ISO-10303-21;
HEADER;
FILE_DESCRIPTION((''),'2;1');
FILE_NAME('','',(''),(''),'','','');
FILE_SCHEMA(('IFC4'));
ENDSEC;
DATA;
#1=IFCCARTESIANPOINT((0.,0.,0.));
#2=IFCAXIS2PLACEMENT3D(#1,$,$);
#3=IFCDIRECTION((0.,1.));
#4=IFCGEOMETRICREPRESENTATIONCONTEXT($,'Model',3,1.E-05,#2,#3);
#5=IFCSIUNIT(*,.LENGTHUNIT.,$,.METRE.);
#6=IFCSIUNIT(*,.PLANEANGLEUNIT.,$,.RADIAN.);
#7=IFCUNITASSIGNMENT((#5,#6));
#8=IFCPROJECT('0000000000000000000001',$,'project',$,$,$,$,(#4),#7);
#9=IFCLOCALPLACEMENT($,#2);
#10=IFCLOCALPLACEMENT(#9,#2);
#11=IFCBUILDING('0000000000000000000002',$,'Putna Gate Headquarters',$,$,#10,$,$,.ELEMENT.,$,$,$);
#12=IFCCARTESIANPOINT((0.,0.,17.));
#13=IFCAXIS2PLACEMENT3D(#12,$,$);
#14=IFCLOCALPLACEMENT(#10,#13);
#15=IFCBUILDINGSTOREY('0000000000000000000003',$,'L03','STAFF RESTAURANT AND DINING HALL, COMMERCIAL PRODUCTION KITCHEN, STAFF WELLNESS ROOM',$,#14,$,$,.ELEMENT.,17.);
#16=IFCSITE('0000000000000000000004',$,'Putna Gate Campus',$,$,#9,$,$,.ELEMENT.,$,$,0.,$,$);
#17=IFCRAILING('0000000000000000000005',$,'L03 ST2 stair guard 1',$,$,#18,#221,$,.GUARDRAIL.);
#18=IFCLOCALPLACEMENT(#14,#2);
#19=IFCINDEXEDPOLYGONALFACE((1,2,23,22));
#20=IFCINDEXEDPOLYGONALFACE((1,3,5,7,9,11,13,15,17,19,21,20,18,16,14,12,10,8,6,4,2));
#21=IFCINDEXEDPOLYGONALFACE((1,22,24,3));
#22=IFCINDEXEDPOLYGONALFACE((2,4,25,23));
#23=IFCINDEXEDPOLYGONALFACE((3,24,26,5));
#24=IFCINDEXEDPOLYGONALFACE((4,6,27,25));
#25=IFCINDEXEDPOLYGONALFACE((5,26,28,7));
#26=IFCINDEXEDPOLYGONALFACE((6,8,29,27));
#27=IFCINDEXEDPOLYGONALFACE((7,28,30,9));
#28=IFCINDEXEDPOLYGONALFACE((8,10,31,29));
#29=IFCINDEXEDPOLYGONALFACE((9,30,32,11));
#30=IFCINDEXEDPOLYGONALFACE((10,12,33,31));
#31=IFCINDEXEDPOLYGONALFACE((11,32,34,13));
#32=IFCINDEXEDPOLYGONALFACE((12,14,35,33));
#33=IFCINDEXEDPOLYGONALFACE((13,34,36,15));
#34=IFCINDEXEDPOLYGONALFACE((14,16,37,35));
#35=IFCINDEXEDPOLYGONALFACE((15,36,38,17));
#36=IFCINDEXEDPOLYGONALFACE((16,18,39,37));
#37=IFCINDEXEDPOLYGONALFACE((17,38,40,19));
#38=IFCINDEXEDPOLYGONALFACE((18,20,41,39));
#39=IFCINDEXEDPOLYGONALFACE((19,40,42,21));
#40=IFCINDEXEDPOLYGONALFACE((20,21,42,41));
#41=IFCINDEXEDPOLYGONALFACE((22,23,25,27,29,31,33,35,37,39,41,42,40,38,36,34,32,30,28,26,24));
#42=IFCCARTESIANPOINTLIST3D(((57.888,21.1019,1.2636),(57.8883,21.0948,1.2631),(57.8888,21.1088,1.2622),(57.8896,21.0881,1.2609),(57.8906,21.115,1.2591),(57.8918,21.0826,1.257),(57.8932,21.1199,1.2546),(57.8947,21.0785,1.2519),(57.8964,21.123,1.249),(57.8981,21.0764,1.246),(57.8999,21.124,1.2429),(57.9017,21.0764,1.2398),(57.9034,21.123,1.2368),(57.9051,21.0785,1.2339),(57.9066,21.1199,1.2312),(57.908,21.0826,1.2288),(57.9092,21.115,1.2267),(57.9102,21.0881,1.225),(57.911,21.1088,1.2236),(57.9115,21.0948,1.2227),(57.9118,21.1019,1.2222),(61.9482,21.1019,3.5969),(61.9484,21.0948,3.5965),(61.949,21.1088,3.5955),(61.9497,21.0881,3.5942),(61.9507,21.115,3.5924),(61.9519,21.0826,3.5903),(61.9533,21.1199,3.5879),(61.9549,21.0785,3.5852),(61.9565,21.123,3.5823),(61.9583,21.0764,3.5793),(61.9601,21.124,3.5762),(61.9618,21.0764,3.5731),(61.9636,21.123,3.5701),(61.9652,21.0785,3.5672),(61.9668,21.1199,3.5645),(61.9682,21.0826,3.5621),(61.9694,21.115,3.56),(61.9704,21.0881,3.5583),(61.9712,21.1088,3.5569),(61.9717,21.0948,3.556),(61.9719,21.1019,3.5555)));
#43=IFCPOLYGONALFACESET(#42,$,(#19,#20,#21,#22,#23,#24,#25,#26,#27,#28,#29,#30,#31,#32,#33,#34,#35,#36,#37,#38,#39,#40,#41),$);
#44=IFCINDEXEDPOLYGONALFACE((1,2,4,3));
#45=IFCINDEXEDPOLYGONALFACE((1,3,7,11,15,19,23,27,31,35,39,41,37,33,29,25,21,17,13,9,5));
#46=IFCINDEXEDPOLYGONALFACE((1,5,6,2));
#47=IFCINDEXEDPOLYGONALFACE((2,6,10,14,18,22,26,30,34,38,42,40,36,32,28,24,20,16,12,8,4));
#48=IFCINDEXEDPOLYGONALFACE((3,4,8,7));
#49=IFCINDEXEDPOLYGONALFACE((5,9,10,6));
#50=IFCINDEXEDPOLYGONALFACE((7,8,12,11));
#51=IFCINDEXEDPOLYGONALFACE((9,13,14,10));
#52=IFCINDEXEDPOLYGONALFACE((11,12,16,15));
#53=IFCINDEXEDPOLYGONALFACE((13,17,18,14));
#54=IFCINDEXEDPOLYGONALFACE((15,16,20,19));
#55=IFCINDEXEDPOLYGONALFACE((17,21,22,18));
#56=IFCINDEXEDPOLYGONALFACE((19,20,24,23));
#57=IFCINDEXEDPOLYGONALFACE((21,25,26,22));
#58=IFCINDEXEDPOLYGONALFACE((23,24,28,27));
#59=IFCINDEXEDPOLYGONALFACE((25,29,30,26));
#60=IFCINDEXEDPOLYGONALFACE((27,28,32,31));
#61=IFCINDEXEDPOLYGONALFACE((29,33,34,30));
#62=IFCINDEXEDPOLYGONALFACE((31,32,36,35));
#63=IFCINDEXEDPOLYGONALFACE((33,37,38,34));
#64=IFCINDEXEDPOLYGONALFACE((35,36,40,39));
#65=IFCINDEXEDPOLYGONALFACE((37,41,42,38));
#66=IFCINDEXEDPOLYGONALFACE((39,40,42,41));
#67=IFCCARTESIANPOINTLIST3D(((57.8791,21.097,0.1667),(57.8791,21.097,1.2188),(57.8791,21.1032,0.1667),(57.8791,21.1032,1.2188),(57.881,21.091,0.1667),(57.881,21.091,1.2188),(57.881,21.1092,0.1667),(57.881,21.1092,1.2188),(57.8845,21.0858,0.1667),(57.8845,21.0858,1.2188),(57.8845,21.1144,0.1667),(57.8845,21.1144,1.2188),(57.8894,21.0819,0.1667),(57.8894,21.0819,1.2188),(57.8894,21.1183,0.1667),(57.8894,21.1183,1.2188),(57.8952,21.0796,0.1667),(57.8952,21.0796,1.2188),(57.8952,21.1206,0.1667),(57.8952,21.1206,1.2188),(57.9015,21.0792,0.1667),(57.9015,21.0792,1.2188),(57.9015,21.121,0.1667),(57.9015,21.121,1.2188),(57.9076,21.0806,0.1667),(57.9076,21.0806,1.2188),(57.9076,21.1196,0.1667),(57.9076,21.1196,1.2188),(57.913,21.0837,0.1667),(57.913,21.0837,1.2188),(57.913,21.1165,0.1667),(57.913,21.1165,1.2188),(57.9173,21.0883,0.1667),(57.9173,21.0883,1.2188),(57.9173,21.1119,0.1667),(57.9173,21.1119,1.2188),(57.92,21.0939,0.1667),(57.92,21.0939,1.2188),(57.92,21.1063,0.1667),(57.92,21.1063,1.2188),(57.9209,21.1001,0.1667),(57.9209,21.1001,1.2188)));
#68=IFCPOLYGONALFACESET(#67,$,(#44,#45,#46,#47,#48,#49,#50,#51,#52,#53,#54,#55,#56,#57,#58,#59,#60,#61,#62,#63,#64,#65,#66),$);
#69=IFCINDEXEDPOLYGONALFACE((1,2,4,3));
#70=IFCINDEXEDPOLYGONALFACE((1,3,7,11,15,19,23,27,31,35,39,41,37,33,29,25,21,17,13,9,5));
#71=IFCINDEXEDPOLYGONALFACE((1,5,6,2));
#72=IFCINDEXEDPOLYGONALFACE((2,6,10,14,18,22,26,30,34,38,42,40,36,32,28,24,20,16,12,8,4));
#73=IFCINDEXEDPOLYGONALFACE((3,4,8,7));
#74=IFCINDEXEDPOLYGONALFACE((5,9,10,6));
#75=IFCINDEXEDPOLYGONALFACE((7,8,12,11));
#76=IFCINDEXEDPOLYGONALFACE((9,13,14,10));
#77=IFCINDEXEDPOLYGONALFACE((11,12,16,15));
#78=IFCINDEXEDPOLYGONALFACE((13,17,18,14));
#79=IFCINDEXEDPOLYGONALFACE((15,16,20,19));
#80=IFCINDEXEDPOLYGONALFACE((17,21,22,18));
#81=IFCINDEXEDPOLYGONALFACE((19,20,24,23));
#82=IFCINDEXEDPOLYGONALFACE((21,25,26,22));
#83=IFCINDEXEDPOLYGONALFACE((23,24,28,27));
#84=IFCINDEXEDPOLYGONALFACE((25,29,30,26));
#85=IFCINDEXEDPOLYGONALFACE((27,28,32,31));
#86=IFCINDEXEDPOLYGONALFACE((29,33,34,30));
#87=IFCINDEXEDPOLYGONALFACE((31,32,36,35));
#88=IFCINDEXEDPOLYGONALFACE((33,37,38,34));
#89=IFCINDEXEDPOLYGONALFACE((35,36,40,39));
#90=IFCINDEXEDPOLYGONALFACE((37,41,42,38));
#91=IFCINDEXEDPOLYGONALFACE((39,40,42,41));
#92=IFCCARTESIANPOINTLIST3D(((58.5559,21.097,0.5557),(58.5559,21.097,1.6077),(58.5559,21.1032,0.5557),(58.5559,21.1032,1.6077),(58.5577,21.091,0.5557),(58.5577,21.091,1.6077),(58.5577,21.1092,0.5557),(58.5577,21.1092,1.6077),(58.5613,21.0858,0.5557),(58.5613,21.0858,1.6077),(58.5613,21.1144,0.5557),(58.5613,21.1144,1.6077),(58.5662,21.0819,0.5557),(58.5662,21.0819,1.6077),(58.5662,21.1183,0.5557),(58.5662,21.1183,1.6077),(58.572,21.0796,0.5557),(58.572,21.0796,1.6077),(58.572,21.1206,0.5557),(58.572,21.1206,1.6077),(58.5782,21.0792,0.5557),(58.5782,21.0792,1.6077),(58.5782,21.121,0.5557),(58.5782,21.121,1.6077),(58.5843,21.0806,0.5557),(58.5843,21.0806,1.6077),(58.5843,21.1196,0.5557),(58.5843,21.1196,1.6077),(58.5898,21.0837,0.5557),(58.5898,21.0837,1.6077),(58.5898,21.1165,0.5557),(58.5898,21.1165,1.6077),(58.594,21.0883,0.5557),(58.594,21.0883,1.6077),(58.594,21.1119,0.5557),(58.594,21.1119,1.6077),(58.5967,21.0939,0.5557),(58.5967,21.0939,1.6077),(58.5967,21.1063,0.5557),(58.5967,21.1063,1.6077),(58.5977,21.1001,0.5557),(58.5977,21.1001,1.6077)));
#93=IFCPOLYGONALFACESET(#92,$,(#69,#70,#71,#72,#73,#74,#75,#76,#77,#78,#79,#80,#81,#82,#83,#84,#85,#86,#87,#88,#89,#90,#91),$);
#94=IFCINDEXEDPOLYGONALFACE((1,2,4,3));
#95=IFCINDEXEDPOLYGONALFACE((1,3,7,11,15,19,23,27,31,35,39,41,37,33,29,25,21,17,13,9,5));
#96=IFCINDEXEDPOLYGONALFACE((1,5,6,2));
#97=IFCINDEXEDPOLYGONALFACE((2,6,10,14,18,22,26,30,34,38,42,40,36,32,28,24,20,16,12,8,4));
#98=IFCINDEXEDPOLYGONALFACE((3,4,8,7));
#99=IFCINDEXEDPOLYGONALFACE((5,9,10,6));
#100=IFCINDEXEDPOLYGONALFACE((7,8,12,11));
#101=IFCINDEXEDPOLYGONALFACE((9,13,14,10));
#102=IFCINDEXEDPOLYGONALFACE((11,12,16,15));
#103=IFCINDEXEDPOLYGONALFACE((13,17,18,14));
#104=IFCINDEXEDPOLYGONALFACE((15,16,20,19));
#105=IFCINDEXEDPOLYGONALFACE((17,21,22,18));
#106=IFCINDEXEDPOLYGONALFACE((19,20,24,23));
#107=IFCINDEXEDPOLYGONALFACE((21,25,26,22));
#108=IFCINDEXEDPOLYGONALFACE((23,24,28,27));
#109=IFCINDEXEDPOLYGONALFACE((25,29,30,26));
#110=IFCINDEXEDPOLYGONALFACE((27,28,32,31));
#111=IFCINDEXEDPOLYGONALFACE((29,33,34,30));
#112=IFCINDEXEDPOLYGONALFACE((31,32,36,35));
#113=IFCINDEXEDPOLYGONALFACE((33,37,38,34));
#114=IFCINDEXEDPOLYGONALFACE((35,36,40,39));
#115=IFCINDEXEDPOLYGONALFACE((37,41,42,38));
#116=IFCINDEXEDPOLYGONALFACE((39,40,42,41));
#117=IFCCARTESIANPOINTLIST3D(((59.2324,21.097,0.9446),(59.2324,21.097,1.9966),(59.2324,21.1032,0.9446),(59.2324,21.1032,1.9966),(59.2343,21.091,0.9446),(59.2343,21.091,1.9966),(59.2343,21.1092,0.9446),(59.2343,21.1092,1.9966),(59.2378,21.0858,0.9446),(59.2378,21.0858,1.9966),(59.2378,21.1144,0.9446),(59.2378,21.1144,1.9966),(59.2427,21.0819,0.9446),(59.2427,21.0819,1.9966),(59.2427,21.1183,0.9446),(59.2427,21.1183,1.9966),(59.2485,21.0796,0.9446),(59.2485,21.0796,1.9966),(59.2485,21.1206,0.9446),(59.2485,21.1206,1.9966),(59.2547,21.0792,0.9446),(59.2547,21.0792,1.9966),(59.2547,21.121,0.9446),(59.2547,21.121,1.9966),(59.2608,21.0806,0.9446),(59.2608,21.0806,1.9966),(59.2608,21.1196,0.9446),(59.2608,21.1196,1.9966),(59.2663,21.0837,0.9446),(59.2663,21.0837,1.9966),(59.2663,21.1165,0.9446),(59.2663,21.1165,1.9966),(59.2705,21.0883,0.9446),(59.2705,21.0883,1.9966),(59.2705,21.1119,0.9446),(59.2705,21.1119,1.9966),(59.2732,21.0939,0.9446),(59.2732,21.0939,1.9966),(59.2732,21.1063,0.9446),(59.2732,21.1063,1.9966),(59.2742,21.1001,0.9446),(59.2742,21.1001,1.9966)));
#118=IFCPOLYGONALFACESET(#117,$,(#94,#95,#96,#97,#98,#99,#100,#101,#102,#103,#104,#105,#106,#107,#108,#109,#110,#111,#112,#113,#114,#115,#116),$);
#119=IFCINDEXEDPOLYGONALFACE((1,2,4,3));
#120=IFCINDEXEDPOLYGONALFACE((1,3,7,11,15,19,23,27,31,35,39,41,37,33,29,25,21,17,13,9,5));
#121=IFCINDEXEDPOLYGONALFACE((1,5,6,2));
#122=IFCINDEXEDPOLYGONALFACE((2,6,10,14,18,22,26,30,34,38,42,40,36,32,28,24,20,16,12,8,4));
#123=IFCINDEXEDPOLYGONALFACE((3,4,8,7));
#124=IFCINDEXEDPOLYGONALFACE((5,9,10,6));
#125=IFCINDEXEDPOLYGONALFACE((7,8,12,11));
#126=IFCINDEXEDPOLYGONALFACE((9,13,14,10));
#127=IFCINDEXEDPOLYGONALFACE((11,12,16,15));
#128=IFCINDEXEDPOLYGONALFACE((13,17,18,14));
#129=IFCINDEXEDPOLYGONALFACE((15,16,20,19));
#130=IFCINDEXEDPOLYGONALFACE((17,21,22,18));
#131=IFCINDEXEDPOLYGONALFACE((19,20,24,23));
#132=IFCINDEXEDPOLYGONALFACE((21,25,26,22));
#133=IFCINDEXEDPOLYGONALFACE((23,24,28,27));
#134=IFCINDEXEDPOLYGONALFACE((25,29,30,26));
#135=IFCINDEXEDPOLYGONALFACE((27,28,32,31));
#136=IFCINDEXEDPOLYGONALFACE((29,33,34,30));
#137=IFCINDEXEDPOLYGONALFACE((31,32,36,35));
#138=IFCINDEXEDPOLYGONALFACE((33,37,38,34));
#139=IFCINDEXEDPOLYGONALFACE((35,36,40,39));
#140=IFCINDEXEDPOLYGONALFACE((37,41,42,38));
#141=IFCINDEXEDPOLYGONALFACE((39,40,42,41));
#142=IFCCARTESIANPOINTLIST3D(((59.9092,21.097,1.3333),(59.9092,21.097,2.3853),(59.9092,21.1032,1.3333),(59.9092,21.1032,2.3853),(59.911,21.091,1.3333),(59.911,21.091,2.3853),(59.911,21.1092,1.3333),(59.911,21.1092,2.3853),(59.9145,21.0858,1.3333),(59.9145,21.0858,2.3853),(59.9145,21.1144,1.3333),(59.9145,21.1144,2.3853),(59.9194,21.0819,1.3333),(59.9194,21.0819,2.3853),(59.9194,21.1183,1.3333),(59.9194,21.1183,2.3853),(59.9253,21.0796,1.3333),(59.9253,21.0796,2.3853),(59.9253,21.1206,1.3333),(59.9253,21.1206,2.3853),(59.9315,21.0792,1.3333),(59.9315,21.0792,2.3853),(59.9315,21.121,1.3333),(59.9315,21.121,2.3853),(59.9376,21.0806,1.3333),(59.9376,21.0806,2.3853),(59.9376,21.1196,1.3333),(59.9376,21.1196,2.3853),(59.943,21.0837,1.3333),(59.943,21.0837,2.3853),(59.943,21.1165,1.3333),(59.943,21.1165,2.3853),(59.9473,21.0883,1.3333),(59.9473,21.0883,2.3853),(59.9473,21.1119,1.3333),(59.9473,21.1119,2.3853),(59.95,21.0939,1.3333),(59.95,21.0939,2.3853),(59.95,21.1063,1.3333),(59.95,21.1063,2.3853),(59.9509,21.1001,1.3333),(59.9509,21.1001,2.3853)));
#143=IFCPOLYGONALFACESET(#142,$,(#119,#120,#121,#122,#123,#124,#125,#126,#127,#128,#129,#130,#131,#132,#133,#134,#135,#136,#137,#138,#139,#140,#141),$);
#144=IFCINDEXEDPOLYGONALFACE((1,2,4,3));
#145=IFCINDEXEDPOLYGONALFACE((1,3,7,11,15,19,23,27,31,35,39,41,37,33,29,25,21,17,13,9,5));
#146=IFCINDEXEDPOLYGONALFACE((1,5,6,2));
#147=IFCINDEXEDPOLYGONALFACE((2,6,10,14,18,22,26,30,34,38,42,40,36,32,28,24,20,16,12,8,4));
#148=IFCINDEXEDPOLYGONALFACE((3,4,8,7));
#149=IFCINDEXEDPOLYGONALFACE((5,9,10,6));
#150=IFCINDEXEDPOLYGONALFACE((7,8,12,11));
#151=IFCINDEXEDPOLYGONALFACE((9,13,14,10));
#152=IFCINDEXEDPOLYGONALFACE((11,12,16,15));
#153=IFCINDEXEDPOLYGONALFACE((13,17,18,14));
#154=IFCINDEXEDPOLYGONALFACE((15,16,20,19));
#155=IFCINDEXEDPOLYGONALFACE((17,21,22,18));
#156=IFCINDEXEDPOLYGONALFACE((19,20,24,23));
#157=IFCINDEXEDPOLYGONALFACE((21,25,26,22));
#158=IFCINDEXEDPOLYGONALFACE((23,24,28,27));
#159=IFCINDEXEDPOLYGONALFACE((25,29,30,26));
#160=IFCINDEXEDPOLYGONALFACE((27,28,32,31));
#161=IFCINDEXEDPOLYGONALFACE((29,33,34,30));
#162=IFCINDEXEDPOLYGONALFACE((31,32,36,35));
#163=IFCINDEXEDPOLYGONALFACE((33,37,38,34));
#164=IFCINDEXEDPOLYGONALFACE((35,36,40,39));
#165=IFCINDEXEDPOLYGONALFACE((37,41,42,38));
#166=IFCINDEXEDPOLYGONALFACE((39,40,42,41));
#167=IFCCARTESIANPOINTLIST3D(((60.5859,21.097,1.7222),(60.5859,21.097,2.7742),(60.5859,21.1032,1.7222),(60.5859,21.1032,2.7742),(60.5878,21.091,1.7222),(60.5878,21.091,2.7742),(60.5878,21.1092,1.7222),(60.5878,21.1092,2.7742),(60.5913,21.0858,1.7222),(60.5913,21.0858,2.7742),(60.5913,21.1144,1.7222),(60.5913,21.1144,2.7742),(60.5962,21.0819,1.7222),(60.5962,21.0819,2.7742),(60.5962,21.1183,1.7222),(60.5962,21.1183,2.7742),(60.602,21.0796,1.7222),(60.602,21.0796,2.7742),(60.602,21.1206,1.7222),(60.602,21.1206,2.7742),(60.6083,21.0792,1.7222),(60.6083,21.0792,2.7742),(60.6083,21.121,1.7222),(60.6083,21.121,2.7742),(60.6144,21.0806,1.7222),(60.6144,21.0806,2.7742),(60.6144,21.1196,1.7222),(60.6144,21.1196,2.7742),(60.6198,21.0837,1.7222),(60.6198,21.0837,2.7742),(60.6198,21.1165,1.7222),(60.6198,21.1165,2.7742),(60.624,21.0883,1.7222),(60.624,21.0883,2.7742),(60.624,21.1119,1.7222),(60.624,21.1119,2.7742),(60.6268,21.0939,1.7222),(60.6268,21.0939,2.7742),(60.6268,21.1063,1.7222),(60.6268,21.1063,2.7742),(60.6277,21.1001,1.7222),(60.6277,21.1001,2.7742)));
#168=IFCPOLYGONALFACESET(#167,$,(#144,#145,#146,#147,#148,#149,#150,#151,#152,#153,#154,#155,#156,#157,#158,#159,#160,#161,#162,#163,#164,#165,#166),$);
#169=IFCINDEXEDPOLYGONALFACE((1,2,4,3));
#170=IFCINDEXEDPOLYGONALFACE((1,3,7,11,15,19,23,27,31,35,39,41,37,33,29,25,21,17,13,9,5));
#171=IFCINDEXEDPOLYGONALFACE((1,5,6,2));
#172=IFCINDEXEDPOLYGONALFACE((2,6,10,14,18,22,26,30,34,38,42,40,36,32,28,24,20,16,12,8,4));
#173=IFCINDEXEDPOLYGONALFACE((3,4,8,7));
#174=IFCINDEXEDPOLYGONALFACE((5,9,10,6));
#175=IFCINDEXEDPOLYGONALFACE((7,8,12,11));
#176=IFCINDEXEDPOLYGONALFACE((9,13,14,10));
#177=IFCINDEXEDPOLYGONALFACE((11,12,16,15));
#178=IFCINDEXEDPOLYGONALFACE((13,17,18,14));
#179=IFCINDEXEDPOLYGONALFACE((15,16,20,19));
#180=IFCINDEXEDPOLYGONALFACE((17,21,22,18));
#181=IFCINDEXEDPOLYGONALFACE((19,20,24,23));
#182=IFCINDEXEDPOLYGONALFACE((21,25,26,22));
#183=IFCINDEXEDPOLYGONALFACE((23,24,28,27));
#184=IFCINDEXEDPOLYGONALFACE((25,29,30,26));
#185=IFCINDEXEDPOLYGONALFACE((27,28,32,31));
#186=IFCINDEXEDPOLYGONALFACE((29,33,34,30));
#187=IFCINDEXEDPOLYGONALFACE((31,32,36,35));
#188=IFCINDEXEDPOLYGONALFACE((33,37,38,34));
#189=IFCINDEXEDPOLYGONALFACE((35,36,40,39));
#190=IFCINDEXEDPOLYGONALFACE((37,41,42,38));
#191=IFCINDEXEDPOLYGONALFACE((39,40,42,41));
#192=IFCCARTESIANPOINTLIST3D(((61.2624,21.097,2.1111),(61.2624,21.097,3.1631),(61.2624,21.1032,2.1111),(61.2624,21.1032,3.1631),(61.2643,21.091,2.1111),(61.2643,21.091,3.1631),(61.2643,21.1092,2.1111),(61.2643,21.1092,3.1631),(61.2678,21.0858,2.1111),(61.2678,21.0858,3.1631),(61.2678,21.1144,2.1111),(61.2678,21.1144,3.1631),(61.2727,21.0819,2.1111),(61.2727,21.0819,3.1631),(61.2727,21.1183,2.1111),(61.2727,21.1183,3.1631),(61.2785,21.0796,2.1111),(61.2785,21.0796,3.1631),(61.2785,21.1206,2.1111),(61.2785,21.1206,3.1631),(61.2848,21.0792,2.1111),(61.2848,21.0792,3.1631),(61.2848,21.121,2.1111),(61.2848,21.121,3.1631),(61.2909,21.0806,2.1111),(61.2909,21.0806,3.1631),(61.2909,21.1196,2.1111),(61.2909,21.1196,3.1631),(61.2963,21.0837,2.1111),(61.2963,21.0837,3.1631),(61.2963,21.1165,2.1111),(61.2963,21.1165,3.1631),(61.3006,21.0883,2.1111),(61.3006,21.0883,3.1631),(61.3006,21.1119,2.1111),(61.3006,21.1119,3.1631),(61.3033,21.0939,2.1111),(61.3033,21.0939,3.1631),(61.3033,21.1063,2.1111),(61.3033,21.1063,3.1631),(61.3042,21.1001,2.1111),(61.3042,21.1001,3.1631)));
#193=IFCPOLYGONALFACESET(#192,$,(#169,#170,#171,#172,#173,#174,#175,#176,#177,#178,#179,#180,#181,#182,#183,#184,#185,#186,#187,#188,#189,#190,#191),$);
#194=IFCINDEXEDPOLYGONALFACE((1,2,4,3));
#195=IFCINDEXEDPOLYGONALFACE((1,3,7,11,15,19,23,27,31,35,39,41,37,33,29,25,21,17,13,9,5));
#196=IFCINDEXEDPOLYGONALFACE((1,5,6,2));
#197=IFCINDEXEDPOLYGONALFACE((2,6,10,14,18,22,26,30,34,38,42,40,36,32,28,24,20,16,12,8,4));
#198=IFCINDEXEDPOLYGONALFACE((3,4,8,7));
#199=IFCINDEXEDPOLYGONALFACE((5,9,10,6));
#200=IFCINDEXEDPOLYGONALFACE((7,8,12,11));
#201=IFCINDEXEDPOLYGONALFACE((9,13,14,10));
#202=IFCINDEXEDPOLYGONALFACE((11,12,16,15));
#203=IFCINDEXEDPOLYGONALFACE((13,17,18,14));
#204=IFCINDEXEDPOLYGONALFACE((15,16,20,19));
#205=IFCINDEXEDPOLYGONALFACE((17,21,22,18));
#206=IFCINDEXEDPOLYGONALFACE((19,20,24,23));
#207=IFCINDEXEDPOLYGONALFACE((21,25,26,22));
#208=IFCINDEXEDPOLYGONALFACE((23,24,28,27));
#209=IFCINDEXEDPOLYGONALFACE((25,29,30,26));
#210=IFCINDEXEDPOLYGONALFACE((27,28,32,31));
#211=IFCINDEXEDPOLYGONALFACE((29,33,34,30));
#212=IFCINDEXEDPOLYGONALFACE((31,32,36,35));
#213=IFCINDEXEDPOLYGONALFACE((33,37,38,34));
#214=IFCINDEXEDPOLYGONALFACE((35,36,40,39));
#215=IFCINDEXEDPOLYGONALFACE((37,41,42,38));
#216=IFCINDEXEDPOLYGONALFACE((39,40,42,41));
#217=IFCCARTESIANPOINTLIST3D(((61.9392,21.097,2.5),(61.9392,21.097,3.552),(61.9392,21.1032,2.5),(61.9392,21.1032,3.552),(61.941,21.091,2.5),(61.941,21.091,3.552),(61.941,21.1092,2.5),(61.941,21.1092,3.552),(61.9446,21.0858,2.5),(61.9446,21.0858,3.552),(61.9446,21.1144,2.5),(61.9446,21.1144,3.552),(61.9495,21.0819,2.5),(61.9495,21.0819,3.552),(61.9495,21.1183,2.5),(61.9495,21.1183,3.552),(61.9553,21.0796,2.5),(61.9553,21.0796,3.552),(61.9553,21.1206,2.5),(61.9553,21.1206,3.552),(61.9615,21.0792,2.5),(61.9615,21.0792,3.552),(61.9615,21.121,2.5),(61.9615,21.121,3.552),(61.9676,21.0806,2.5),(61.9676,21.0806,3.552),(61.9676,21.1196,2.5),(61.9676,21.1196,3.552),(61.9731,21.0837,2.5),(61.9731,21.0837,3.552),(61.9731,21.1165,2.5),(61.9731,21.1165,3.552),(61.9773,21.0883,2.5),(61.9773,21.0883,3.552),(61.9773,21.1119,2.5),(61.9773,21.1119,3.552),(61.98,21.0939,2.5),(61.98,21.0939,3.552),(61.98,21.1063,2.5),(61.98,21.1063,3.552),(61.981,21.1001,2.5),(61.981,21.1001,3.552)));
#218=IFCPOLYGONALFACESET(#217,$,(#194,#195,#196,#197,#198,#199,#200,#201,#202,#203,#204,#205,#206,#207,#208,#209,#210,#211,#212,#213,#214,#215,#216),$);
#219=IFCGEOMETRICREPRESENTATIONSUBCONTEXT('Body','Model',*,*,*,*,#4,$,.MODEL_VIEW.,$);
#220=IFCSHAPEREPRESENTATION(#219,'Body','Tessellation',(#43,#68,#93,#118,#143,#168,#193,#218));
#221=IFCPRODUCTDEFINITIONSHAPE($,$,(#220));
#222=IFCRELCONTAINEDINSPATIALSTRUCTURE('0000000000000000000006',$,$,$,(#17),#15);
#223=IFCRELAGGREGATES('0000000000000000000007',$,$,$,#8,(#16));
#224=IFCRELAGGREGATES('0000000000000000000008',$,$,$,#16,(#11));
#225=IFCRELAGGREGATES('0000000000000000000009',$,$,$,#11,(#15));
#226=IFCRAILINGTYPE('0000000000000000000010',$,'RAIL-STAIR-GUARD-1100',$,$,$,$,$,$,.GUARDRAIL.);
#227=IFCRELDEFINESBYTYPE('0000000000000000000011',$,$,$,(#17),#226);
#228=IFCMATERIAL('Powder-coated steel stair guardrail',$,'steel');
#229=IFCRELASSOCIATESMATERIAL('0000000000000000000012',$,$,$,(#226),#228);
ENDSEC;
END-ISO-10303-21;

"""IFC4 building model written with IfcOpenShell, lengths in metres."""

from ifc_helpers import new_model, si_unit, direction, frame, origin, origin_2d, place, context, subcontext, project, spatial, circle, extrude, material, type_object, element, save


model = new_model("IFC4")

# Units and contexts
model_context = context("Model", 3, precision=1e-05, world=origin(), true_north=direction((0.0, 1.0)))
body_context = subcontext(model_context, "Body", "Model", "MODEL_VIEW")
ifc_project = project(units=[si_unit("LENGTHUNIT", "METRE"), si_unit("PLANEANGLEUNIT", "RADIAN")], contexts=[model_context])

# Site, building, storey
site_placement = place(None, origin())
site = spatial("IfcSite", under=ifc_project, at=site_placement, Name="Putna Gate Campus", CompositionType="ELEMENT", RefElevation=0.0)
building_placement = place(site_placement, origin())
building = spatial("IfcBuilding", under=site, at=building_placement, Name="Putna Gate Headquarters", CompositionType="ELEMENT")
storey_placement = place(building_placement, frame((0.0, 0.0, 17.0)))
storey = spatial("IfcBuildingStorey", under=building, at=storey_placement, Name="L03", Description="STAFF RESTAURANT AND DINING HALL, COMMERCIAL PRODUCTION KITCHEN, STAFF WELLNESS ROOM", CompositionType="ELEMENT", Elevation=17.0)

# Railing
ifc_material_1 = material(Name="Powder-coated steel stair guardrail", Category="steel")
railing_type_1 = type_object("IfcRailingType", Name="RAIL-STAIR-GUARD-1100", PredefinedType="GUARDRAIL", material=ifc_material_1)
railing_1_placement = place(storey_placement, frame((57.8999, 21.1001, 0.1667)))
element("IfcRailing", 1, at=railing_1_placement, inside=storey, type_object=railing_type_1, Name="L03 ST2 stair guard 1", PredefinedType="GUARDRAIL", context=body_context, shape_type="SweptSolid", body=[
    extrude(circle(Radius=0.0239, at=origin_2d()), frame((0.0, 0.0, 1.0762), z_axis=(0.867025, 0.0, 0.498265), x_axis=(0.0, 1.0, 0.0)), (0.0, 0.0, 1.0), 4.6829),
    extrude(circle(Radius=0.021, at=origin_2d()), origin(), (0.0, 0.0, 1.0), 1.052),
    extrude(circle(Radius=0.021, at=origin_2d()), frame((0.6768, 0.0, 0.3889)), (0.0, 0.0, 1.0), 1.052),
    extrude(circle(Radius=0.021, at=origin_2d()), frame((1.3533, 0.0, 0.7778)), (0.0, 0.0, 1.0), 1.052),
    extrude(circle(Radius=0.021, at=origin_2d()), frame((2.03, 0.0, 1.1665)), (0.0, 0.0, 1.0), 1.052),
    extrude(circle(Radius=0.021, at=origin_2d()), frame((2.7068, 0.0, 1.5554)), (0.0, 0.0, 1.0), 1.052),
    extrude(circle(Radius=0.021, at=origin_2d()), frame((3.3833, 0.0, 1.9443)), (0.0, 0.0, 1.0), 1.052),
    extrude(circle(Radius=0.021, at=origin_2d()), frame((4.0601, 0.0, 2.3333)), (0.0, 0.0, 1.0), 1.052),
])

save(model, "model.ifc")
